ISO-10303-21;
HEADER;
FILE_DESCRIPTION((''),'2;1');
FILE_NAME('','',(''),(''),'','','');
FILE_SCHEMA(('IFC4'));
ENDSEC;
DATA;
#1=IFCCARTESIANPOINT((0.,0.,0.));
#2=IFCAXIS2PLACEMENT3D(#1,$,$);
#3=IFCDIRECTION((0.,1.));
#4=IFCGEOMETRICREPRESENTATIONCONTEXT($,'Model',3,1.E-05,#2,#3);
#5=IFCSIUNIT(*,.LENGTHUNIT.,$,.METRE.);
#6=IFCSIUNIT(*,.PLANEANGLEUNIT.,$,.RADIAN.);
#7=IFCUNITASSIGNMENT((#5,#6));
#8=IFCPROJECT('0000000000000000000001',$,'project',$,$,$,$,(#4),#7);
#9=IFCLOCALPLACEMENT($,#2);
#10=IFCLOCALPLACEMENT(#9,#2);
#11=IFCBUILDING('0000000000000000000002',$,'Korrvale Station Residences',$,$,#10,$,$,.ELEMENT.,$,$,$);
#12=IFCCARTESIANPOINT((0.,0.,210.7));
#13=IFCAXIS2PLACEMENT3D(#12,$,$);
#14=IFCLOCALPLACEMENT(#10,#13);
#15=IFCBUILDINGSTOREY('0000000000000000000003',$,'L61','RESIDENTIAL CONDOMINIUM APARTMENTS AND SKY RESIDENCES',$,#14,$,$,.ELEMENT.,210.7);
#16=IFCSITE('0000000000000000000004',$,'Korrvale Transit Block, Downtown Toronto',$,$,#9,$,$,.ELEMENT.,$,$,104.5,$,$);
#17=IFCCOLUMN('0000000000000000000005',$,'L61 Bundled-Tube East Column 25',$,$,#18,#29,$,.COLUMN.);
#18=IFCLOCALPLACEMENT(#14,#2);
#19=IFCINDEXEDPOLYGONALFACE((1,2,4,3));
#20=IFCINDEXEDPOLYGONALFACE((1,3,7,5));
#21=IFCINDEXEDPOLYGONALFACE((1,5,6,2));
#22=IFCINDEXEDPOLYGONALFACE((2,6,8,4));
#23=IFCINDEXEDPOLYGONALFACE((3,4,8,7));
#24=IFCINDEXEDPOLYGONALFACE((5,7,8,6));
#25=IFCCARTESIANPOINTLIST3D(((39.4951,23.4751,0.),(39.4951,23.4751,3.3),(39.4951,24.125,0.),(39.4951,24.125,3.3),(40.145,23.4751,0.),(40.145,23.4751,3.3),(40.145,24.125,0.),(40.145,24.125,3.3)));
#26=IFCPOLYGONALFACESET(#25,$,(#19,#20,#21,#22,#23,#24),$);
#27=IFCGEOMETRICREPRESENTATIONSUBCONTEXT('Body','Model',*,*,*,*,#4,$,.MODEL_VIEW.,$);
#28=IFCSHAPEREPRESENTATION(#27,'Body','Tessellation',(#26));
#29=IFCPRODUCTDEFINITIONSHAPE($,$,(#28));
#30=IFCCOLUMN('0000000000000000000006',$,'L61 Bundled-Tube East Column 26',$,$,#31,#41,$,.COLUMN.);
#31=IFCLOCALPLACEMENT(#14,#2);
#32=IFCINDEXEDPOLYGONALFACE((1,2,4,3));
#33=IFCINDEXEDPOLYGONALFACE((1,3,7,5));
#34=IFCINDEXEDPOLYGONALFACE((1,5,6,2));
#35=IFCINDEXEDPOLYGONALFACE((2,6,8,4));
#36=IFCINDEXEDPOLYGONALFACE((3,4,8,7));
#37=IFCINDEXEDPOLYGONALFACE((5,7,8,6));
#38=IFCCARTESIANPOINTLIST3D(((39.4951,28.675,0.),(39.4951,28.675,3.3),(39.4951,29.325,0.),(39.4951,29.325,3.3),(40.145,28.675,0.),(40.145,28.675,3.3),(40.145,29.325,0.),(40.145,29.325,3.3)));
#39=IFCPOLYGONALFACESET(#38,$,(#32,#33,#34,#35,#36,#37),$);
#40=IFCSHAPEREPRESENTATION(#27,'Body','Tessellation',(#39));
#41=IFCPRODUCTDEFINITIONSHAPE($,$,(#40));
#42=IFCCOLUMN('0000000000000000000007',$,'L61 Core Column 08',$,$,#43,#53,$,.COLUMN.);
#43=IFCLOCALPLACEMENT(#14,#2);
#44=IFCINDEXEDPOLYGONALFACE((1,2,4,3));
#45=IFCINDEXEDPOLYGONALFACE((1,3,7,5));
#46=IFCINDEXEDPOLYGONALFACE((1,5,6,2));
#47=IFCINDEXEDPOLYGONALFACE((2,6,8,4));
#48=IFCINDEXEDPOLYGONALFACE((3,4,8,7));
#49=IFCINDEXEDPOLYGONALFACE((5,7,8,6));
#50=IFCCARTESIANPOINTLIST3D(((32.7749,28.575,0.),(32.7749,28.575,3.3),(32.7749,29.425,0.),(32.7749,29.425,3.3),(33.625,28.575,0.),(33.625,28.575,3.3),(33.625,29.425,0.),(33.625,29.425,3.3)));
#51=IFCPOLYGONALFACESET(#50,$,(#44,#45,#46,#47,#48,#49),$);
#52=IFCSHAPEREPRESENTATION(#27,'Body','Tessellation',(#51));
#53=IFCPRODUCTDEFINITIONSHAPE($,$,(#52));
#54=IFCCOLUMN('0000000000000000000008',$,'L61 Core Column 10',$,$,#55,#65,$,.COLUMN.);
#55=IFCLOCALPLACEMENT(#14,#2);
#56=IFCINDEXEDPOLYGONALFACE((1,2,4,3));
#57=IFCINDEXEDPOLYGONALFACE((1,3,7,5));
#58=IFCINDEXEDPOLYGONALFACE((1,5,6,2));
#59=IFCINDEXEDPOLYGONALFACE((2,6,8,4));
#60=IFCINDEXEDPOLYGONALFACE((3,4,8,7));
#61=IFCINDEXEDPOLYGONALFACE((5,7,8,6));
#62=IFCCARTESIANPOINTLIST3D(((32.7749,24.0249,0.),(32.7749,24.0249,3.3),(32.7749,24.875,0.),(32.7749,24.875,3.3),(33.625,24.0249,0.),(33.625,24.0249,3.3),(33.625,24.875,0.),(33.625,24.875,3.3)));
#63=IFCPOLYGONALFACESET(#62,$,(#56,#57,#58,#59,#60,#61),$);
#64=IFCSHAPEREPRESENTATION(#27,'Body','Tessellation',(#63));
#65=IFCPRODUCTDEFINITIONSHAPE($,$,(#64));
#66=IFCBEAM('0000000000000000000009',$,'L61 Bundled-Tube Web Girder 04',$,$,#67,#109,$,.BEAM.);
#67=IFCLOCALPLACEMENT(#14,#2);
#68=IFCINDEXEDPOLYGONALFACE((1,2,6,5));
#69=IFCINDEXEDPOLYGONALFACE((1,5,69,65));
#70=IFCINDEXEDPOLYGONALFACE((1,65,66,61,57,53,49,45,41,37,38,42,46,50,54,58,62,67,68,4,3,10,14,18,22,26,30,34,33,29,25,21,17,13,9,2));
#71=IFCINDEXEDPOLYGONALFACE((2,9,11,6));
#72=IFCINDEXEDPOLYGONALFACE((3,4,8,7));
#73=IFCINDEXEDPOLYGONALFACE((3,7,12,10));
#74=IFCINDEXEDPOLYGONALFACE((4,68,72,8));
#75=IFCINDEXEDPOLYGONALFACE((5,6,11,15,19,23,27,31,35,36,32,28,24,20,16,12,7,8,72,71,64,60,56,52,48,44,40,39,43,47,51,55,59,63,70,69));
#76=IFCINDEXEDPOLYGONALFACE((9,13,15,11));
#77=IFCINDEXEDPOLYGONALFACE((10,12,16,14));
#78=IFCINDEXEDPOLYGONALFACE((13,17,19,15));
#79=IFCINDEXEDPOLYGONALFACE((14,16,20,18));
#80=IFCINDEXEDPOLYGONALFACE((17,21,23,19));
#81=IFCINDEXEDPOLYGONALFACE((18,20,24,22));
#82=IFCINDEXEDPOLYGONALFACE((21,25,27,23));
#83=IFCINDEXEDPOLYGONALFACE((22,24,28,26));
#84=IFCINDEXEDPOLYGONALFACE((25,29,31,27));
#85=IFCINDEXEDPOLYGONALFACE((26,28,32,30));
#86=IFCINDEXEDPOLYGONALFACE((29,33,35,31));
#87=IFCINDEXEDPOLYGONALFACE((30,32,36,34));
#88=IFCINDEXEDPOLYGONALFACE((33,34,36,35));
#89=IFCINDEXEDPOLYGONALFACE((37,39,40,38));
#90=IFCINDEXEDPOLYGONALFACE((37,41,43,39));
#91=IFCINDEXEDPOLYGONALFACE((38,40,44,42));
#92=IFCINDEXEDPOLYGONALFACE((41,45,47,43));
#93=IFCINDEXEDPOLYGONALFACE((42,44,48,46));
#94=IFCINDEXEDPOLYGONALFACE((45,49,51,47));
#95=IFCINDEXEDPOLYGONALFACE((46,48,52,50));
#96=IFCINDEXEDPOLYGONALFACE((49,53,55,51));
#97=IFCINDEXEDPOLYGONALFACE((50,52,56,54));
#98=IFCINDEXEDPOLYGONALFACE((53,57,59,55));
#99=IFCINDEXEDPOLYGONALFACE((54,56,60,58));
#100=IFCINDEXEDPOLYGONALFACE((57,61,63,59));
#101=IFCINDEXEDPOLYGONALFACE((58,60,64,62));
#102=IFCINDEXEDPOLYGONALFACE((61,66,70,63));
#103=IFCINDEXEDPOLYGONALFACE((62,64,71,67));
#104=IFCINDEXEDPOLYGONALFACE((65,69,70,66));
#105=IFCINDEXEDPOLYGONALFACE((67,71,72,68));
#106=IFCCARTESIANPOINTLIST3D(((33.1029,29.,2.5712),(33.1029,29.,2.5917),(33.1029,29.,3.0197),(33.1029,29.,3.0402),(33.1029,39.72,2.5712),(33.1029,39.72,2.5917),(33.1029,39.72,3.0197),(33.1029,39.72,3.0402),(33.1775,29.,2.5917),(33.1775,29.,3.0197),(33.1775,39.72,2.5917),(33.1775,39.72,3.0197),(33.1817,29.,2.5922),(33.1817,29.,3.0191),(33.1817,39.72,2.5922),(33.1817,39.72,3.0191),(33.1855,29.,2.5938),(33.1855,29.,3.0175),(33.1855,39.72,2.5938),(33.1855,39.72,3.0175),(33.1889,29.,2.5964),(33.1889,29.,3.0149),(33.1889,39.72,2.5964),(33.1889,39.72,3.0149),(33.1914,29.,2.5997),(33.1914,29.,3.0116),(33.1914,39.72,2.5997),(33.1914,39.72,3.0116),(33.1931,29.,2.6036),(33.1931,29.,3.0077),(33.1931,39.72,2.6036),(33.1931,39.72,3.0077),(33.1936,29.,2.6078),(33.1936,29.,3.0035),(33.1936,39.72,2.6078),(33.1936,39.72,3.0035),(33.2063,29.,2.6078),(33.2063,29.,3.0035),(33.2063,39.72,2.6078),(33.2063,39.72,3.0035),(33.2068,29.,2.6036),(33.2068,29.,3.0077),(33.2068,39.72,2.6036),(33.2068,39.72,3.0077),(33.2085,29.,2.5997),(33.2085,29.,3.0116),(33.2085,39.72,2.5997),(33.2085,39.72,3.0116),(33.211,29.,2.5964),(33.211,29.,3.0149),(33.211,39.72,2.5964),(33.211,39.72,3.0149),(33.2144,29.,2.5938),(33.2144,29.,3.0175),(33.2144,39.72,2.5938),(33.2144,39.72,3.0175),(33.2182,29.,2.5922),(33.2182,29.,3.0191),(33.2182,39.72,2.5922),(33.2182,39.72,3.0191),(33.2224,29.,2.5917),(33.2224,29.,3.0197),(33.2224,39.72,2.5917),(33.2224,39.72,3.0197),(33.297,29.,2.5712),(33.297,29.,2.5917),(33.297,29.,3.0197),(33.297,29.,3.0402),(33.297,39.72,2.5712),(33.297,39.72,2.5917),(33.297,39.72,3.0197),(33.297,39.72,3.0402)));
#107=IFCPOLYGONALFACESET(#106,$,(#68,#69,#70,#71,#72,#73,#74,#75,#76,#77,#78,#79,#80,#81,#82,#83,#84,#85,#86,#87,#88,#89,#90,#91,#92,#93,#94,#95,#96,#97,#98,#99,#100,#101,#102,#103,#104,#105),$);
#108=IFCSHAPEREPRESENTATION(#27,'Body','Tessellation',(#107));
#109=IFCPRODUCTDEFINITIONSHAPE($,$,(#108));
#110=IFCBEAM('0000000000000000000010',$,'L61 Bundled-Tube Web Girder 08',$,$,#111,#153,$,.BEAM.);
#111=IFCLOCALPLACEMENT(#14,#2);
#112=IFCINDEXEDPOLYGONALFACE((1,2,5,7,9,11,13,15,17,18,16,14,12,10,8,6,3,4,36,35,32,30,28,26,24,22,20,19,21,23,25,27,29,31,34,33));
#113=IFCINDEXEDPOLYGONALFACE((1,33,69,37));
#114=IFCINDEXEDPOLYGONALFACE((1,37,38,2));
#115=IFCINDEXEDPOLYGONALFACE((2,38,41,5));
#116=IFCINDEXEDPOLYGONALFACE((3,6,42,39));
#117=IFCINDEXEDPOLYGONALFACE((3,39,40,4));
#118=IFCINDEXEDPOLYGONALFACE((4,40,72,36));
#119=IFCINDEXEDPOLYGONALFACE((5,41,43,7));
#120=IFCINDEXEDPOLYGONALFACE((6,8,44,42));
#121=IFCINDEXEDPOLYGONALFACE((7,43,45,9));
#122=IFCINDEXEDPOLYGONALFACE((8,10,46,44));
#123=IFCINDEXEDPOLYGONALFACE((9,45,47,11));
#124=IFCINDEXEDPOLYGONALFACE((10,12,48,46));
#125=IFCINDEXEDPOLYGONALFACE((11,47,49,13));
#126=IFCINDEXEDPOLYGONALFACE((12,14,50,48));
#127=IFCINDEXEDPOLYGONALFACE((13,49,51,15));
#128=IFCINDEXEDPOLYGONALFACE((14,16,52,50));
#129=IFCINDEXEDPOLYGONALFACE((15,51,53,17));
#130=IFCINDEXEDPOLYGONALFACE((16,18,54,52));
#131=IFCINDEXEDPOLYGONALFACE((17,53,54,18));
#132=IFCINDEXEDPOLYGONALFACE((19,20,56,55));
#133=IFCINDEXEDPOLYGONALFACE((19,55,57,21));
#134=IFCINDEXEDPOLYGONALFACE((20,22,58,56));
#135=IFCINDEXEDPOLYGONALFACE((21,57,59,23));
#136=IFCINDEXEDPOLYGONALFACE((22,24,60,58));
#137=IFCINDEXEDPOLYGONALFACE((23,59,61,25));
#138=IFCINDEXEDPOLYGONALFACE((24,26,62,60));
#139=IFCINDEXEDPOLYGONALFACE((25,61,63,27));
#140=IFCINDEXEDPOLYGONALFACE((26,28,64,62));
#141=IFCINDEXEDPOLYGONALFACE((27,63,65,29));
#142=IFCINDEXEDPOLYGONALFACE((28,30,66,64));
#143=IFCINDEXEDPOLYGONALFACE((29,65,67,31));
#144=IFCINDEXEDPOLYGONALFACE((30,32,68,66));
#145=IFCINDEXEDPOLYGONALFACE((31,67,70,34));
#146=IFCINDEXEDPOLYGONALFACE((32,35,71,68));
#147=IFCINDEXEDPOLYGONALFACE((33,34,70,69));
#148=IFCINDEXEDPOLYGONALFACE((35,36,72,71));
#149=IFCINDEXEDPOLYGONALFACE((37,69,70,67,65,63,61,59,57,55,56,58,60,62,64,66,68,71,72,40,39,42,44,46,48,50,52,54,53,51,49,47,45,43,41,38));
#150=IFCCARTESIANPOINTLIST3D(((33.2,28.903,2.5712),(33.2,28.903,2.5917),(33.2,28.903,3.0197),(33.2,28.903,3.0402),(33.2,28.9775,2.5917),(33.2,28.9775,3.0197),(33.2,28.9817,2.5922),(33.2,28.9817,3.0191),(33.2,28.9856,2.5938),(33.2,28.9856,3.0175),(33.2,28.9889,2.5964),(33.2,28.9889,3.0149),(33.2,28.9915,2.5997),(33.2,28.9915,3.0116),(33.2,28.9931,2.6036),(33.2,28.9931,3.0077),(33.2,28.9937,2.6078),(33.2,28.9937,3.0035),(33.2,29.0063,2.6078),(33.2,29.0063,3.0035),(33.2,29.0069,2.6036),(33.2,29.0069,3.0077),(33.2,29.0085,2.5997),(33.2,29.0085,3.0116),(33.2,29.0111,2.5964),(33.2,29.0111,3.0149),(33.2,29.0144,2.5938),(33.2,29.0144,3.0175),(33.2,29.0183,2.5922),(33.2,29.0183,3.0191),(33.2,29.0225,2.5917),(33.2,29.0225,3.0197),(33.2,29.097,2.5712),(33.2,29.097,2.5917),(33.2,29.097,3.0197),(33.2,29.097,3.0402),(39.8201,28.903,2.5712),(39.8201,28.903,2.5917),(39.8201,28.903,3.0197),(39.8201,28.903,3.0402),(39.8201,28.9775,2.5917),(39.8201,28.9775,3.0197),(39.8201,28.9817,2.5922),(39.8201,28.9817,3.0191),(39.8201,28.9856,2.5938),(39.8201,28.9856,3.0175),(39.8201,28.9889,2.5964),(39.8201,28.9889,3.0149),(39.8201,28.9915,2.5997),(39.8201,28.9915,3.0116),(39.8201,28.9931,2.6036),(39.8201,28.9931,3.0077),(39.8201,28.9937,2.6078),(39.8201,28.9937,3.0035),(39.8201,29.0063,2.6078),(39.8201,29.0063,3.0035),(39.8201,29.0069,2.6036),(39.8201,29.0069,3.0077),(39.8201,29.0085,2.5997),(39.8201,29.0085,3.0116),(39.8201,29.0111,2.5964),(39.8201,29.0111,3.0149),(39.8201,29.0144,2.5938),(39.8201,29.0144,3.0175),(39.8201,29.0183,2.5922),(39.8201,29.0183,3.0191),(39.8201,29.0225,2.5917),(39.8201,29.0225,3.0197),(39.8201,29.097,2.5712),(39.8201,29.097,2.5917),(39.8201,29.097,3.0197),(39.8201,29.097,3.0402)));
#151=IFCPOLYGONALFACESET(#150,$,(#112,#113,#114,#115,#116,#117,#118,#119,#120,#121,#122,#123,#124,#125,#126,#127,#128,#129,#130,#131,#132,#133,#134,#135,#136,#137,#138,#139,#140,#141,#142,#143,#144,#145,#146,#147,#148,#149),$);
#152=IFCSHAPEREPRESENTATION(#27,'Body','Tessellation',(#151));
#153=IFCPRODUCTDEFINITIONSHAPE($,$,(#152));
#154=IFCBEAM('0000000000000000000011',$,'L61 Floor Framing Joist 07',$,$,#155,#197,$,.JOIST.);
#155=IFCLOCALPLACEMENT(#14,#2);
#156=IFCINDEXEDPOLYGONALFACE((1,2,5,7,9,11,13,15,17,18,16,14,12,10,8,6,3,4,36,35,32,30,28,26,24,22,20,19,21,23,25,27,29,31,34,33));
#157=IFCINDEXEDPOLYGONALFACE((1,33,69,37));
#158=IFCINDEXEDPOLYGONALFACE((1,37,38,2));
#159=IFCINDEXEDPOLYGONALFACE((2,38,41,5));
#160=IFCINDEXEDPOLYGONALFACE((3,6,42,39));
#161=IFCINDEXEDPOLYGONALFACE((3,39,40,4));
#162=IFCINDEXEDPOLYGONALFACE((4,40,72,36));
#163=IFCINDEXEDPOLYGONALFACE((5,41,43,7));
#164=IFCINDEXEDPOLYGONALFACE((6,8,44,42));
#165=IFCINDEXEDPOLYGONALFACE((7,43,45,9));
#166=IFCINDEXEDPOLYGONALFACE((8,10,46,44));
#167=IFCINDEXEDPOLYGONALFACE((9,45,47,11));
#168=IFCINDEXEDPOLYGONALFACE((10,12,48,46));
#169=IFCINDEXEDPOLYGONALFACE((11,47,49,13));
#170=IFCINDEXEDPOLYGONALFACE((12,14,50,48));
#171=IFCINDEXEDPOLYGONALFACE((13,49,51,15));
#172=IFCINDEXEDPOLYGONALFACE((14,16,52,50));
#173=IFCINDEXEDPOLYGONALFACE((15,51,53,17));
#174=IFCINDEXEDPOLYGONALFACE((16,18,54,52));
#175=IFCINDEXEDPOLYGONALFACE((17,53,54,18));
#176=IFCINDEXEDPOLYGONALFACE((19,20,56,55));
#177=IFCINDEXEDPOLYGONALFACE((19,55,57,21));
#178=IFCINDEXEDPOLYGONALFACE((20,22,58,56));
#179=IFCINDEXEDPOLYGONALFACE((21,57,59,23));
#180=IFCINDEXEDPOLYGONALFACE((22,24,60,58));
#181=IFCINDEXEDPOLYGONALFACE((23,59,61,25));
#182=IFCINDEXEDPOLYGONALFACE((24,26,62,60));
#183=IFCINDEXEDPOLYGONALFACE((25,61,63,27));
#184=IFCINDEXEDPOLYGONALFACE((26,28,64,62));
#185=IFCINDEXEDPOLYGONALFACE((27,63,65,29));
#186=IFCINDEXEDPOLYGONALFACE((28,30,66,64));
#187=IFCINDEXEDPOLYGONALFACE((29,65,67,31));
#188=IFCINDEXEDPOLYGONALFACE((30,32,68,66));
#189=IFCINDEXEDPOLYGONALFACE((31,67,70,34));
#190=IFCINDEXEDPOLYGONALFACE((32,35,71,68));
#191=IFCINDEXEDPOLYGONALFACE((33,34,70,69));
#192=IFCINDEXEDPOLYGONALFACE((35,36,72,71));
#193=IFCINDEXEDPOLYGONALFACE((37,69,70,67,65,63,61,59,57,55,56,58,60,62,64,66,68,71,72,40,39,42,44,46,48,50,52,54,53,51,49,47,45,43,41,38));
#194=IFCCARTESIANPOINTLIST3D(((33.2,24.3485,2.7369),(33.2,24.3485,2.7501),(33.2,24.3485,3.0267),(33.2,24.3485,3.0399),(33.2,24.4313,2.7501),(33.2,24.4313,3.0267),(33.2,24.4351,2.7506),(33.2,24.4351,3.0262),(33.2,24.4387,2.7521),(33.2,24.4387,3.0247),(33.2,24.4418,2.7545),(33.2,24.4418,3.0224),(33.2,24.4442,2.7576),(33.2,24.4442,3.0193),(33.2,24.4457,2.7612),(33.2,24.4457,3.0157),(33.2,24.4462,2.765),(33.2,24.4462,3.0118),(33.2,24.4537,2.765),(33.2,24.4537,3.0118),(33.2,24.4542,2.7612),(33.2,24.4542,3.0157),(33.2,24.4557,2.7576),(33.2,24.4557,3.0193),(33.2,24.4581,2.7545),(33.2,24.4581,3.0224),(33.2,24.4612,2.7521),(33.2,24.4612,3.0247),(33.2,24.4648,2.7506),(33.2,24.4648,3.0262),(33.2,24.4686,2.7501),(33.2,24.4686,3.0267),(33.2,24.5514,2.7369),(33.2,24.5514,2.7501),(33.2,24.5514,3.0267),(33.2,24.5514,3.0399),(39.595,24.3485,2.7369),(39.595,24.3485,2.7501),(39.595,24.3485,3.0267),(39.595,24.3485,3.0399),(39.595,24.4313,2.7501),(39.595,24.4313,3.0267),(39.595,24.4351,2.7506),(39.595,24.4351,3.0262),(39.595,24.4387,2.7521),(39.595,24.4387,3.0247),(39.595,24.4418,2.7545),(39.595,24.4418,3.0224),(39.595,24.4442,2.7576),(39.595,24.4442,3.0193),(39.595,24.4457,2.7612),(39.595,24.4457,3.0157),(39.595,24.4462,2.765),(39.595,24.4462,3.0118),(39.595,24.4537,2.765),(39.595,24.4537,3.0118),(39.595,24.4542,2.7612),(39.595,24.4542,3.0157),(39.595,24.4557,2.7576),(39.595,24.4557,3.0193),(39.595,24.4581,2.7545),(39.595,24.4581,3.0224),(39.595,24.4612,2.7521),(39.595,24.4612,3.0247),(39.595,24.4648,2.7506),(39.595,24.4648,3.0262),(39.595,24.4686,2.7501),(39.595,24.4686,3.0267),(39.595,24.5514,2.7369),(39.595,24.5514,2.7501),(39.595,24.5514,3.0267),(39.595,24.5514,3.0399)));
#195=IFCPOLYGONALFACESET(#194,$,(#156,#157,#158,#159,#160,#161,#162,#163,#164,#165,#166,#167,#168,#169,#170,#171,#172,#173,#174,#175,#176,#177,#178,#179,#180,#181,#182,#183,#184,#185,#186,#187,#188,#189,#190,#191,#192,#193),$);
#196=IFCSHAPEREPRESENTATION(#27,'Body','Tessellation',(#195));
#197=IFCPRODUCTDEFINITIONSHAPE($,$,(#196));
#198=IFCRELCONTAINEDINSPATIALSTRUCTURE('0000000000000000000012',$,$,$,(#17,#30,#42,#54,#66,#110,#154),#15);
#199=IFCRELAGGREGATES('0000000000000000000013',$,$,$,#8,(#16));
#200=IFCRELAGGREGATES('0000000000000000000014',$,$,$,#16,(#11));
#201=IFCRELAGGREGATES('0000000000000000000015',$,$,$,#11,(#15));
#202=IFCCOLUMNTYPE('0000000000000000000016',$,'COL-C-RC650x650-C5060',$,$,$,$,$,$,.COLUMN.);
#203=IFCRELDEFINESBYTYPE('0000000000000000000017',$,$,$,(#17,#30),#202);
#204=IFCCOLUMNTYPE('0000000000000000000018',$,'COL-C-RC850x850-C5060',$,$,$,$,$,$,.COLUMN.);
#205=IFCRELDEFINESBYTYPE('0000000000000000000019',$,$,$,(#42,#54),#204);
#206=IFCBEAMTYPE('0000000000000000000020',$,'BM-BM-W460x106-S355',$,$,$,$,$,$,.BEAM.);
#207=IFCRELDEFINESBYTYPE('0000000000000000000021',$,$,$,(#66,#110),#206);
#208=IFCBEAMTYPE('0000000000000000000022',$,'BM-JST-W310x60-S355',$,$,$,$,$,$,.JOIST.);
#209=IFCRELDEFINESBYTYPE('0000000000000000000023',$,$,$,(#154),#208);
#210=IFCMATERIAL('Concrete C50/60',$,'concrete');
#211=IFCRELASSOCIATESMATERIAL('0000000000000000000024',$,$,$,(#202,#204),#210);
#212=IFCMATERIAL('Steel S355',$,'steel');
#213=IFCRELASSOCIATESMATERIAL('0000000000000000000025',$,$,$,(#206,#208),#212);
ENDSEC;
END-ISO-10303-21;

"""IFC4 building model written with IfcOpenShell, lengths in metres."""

from ifc_helpers import new_model, si_unit, direction, frame, origin, origin_2d, place, context, subcontext, project, spatial, rectangle, i_section, extrude, material, material_profile, profile_set, type_object, element, save


model = new_model("IFC4")

# Units and contexts
model_context = context("Model", 3, precision=1e-05, world=origin(), true_north=direction((0.0, 1.0)))
body_context = subcontext(model_context, "Body", "Model", "MODEL_VIEW")
ifc_project = project(units=[si_unit("LENGTHUNIT", "METRE"), si_unit("PLANEANGLEUNIT", "RADIAN")], contexts=[model_context])

# Site, building, storey
site_placement = place(None, origin())
site = spatial("IfcSite", under=ifc_project, at=site_placement, Name="Korrvale Transit Block, Downtown Toronto", CompositionType="ELEMENT", RefElevation=104.5)
building_placement = place(site_placement, origin())
building = spatial("IfcBuilding", under=site, at=building_placement, Name="Korrvale Station Residences", CompositionType="ELEMENT")
storey_placement = place(building_placement, frame((0.0, 0.0, 210.7)))
storey = spatial("IfcBuildingStorey", under=building, at=storey_placement, Name="L61", Description="RESIDENTIAL CONDOMINIUM APARTMENTS AND SKY RESIDENCES", CompositionType="ELEMENT", Elevation=210.7)

# Columns
ifc_material_1 = material(Name="Concrete C50/60", Category="concrete")
ifc_material_profile_1 = material_profile(ifc_material_1, rectangle(XDim=0.6499, YDim=0.6499, at=origin_2d()), Name="RC650x650")
ifc_profile_set_1 = profile_set([ifc_material_profile_1], Name="Concrete C50/60")
column_type_1 = type_object("IfcColumnType", Name="COL-C-RC650x650-C5060", PredefinedType="COLUMN", material=ifc_profile_set_1)
for number, where, z_axis, x_axis, name in (
    (1, (39.8201, 23.8, 0.0), (0.0, 0.0, 1.0), (1.0, 0.0, 0.0), "L61 Bundled-Tube East Column 25"),
    (2, (39.8201, 29.0, 0.0), (0.0, 0.0, 1.0), (1.0, 0.0, 0.0), "L61 Bundled-Tube East Column 26"),
):
    element("IfcColumn", number, at=place(storey_placement, frame(where, z_axis=z_axis, x_axis=x_axis)), inside=storey, type_object=column_type_1, Name=name, PredefinedType="COLUMN", context=body_context, shape_type="SweptSolid", body=[
        extrude(rectangle(XDim=0.6499, YDim=0.6499, at=origin_2d()), origin(), (0.0, 0.0, 1.0), 3.3),
    ])
ifc_material_profile_2 = material_profile(ifc_material_1, rectangle(XDim=0.8501, YDim=0.8501, at=origin_2d()), Name="RC850x850")
ifc_profile_set_2 = profile_set([ifc_material_profile_2], Name="Concrete C50/60")
column_type_2 = type_object("IfcColumnType", Name="COL-C-RC850x850-C5060", PredefinedType="COLUMN", material=ifc_profile_set_2)
for number, where, z_axis, x_axis, name in (
    (3, (33.2, 29.0, 0.0), (0.0, 0.0, 1.0), (1.0, 0.0, 0.0), "L61 Core Column 08"),
    (4, (33.2, 24.45, 0.0), (0.0, 0.0, 1.0), (1.0, 0.0, 0.0), "L61 Core Column 10"),
):
    element("IfcColumn", number, at=place(storey_placement, frame(where, z_axis=z_axis, x_axis=x_axis)), inside=storey, type_object=column_type_2, Name=name, PredefinedType="COLUMN", context=body_context, shape_type="SweptSolid", body=[
        extrude(rectangle(XDim=0.8501, YDim=0.8501, at=origin_2d()), origin(), (0.0, 0.0, 1.0), 3.3),
    ])

# Beams
ifc_material_2 = material(Name="Steel S355", Category="steel")
ifc_material_profile_3 = material_profile(ifc_material_2, i_section(OverallWidth=0.1941, OverallDepth=0.469, WebThickness=0.0127, FlangeThickness=0.0205, FilletRadius=0.0161, at=origin_2d()), Name="W460x106")
ifc_profile_set_3 = profile_set([ifc_material_profile_3], Name="Steel S355")
beam_type_1 = type_object("IfcBeamType", Name="BM-BM-W460x106-S355", PredefinedType="BEAM", material=ifc_profile_set_3)
beam_1_placement = place(storey_placement, frame((33.2, 29.0, 2.8057), z_axis=(0.0, 1.0, 0.0), x_axis=(-1.0, 0.0, 0.0)))
element("IfcBeam", 5, at=beam_1_placement, inside=storey, type_object=beam_type_1, Name="L61 Bundled-Tube Web Girder 04", PredefinedType="BEAM", context=body_context, shape_type="SweptSolid", body=[
    extrude(i_section(OverallWidth=0.1941, OverallDepth=0.469, WebThickness=0.0127, FlangeThickness=0.0205, FilletRadius=0.0161, at=origin_2d()), origin(), (0.0, 0.0, 1.0), 10.72),
])
beam_2_placement = place(storey_placement, frame((33.2, 29.0, 2.8057), z_axis=(1.0, 0.0, 0.0), x_axis=(0.0, 1.0, 0.0)))
element("IfcBeam", 6, at=beam_2_placement, inside=storey, type_object=beam_type_1, Name="L61 Bundled-Tube Web Girder 08", PredefinedType="BEAM", context=body_context, shape_type="SweptSolid", body=[
    extrude(i_section(OverallWidth=0.1941, OverallDepth=0.469, WebThickness=0.0127, FlangeThickness=0.0205, FilletRadius=0.0161, at=origin_2d()), origin(), (0.0, 0.0, 1.0), 6.6201),
])
ifc_material_profile_4 = material_profile(ifc_material_2, i_section(OverallWidth=0.2029, OverallDepth=0.303, WebThickness=0.0076, FlangeThickness=0.0132, FilletRadius=0.0149, at=origin_2d()), Name="W310x60")
ifc_profile_set_4 = profile_set([ifc_material_profile_4], Name="Steel S355")
beam_type_2 = type_object("IfcBeamType", Name="BM-JST-W310x60-S355", PredefinedType="JOIST", material=ifc_profile_set_4)
beam_3_placement = place(storey_placement, frame((33.2, 24.45, 2.8884), z_axis=(1.0, 0.0, 0.0), x_axis=(0.0, 1.0, 0.0)))
element("IfcBeam", 7, at=beam_3_placement, inside=storey, type_object=beam_type_2, Name="L61 Floor Framing Joist 07", PredefinedType="JOIST", context=body_context, shape_type="SweptSolid", body=[
    extrude(i_section(OverallWidth=0.2029, OverallDepth=0.303, WebThickness=0.0076, FlangeThickness=0.0132, FilletRadius=0.0149, at=origin_2d()), origin(), (0.0, 0.0, 1.0), 6.395),
])

save(model, "model.ifc")
